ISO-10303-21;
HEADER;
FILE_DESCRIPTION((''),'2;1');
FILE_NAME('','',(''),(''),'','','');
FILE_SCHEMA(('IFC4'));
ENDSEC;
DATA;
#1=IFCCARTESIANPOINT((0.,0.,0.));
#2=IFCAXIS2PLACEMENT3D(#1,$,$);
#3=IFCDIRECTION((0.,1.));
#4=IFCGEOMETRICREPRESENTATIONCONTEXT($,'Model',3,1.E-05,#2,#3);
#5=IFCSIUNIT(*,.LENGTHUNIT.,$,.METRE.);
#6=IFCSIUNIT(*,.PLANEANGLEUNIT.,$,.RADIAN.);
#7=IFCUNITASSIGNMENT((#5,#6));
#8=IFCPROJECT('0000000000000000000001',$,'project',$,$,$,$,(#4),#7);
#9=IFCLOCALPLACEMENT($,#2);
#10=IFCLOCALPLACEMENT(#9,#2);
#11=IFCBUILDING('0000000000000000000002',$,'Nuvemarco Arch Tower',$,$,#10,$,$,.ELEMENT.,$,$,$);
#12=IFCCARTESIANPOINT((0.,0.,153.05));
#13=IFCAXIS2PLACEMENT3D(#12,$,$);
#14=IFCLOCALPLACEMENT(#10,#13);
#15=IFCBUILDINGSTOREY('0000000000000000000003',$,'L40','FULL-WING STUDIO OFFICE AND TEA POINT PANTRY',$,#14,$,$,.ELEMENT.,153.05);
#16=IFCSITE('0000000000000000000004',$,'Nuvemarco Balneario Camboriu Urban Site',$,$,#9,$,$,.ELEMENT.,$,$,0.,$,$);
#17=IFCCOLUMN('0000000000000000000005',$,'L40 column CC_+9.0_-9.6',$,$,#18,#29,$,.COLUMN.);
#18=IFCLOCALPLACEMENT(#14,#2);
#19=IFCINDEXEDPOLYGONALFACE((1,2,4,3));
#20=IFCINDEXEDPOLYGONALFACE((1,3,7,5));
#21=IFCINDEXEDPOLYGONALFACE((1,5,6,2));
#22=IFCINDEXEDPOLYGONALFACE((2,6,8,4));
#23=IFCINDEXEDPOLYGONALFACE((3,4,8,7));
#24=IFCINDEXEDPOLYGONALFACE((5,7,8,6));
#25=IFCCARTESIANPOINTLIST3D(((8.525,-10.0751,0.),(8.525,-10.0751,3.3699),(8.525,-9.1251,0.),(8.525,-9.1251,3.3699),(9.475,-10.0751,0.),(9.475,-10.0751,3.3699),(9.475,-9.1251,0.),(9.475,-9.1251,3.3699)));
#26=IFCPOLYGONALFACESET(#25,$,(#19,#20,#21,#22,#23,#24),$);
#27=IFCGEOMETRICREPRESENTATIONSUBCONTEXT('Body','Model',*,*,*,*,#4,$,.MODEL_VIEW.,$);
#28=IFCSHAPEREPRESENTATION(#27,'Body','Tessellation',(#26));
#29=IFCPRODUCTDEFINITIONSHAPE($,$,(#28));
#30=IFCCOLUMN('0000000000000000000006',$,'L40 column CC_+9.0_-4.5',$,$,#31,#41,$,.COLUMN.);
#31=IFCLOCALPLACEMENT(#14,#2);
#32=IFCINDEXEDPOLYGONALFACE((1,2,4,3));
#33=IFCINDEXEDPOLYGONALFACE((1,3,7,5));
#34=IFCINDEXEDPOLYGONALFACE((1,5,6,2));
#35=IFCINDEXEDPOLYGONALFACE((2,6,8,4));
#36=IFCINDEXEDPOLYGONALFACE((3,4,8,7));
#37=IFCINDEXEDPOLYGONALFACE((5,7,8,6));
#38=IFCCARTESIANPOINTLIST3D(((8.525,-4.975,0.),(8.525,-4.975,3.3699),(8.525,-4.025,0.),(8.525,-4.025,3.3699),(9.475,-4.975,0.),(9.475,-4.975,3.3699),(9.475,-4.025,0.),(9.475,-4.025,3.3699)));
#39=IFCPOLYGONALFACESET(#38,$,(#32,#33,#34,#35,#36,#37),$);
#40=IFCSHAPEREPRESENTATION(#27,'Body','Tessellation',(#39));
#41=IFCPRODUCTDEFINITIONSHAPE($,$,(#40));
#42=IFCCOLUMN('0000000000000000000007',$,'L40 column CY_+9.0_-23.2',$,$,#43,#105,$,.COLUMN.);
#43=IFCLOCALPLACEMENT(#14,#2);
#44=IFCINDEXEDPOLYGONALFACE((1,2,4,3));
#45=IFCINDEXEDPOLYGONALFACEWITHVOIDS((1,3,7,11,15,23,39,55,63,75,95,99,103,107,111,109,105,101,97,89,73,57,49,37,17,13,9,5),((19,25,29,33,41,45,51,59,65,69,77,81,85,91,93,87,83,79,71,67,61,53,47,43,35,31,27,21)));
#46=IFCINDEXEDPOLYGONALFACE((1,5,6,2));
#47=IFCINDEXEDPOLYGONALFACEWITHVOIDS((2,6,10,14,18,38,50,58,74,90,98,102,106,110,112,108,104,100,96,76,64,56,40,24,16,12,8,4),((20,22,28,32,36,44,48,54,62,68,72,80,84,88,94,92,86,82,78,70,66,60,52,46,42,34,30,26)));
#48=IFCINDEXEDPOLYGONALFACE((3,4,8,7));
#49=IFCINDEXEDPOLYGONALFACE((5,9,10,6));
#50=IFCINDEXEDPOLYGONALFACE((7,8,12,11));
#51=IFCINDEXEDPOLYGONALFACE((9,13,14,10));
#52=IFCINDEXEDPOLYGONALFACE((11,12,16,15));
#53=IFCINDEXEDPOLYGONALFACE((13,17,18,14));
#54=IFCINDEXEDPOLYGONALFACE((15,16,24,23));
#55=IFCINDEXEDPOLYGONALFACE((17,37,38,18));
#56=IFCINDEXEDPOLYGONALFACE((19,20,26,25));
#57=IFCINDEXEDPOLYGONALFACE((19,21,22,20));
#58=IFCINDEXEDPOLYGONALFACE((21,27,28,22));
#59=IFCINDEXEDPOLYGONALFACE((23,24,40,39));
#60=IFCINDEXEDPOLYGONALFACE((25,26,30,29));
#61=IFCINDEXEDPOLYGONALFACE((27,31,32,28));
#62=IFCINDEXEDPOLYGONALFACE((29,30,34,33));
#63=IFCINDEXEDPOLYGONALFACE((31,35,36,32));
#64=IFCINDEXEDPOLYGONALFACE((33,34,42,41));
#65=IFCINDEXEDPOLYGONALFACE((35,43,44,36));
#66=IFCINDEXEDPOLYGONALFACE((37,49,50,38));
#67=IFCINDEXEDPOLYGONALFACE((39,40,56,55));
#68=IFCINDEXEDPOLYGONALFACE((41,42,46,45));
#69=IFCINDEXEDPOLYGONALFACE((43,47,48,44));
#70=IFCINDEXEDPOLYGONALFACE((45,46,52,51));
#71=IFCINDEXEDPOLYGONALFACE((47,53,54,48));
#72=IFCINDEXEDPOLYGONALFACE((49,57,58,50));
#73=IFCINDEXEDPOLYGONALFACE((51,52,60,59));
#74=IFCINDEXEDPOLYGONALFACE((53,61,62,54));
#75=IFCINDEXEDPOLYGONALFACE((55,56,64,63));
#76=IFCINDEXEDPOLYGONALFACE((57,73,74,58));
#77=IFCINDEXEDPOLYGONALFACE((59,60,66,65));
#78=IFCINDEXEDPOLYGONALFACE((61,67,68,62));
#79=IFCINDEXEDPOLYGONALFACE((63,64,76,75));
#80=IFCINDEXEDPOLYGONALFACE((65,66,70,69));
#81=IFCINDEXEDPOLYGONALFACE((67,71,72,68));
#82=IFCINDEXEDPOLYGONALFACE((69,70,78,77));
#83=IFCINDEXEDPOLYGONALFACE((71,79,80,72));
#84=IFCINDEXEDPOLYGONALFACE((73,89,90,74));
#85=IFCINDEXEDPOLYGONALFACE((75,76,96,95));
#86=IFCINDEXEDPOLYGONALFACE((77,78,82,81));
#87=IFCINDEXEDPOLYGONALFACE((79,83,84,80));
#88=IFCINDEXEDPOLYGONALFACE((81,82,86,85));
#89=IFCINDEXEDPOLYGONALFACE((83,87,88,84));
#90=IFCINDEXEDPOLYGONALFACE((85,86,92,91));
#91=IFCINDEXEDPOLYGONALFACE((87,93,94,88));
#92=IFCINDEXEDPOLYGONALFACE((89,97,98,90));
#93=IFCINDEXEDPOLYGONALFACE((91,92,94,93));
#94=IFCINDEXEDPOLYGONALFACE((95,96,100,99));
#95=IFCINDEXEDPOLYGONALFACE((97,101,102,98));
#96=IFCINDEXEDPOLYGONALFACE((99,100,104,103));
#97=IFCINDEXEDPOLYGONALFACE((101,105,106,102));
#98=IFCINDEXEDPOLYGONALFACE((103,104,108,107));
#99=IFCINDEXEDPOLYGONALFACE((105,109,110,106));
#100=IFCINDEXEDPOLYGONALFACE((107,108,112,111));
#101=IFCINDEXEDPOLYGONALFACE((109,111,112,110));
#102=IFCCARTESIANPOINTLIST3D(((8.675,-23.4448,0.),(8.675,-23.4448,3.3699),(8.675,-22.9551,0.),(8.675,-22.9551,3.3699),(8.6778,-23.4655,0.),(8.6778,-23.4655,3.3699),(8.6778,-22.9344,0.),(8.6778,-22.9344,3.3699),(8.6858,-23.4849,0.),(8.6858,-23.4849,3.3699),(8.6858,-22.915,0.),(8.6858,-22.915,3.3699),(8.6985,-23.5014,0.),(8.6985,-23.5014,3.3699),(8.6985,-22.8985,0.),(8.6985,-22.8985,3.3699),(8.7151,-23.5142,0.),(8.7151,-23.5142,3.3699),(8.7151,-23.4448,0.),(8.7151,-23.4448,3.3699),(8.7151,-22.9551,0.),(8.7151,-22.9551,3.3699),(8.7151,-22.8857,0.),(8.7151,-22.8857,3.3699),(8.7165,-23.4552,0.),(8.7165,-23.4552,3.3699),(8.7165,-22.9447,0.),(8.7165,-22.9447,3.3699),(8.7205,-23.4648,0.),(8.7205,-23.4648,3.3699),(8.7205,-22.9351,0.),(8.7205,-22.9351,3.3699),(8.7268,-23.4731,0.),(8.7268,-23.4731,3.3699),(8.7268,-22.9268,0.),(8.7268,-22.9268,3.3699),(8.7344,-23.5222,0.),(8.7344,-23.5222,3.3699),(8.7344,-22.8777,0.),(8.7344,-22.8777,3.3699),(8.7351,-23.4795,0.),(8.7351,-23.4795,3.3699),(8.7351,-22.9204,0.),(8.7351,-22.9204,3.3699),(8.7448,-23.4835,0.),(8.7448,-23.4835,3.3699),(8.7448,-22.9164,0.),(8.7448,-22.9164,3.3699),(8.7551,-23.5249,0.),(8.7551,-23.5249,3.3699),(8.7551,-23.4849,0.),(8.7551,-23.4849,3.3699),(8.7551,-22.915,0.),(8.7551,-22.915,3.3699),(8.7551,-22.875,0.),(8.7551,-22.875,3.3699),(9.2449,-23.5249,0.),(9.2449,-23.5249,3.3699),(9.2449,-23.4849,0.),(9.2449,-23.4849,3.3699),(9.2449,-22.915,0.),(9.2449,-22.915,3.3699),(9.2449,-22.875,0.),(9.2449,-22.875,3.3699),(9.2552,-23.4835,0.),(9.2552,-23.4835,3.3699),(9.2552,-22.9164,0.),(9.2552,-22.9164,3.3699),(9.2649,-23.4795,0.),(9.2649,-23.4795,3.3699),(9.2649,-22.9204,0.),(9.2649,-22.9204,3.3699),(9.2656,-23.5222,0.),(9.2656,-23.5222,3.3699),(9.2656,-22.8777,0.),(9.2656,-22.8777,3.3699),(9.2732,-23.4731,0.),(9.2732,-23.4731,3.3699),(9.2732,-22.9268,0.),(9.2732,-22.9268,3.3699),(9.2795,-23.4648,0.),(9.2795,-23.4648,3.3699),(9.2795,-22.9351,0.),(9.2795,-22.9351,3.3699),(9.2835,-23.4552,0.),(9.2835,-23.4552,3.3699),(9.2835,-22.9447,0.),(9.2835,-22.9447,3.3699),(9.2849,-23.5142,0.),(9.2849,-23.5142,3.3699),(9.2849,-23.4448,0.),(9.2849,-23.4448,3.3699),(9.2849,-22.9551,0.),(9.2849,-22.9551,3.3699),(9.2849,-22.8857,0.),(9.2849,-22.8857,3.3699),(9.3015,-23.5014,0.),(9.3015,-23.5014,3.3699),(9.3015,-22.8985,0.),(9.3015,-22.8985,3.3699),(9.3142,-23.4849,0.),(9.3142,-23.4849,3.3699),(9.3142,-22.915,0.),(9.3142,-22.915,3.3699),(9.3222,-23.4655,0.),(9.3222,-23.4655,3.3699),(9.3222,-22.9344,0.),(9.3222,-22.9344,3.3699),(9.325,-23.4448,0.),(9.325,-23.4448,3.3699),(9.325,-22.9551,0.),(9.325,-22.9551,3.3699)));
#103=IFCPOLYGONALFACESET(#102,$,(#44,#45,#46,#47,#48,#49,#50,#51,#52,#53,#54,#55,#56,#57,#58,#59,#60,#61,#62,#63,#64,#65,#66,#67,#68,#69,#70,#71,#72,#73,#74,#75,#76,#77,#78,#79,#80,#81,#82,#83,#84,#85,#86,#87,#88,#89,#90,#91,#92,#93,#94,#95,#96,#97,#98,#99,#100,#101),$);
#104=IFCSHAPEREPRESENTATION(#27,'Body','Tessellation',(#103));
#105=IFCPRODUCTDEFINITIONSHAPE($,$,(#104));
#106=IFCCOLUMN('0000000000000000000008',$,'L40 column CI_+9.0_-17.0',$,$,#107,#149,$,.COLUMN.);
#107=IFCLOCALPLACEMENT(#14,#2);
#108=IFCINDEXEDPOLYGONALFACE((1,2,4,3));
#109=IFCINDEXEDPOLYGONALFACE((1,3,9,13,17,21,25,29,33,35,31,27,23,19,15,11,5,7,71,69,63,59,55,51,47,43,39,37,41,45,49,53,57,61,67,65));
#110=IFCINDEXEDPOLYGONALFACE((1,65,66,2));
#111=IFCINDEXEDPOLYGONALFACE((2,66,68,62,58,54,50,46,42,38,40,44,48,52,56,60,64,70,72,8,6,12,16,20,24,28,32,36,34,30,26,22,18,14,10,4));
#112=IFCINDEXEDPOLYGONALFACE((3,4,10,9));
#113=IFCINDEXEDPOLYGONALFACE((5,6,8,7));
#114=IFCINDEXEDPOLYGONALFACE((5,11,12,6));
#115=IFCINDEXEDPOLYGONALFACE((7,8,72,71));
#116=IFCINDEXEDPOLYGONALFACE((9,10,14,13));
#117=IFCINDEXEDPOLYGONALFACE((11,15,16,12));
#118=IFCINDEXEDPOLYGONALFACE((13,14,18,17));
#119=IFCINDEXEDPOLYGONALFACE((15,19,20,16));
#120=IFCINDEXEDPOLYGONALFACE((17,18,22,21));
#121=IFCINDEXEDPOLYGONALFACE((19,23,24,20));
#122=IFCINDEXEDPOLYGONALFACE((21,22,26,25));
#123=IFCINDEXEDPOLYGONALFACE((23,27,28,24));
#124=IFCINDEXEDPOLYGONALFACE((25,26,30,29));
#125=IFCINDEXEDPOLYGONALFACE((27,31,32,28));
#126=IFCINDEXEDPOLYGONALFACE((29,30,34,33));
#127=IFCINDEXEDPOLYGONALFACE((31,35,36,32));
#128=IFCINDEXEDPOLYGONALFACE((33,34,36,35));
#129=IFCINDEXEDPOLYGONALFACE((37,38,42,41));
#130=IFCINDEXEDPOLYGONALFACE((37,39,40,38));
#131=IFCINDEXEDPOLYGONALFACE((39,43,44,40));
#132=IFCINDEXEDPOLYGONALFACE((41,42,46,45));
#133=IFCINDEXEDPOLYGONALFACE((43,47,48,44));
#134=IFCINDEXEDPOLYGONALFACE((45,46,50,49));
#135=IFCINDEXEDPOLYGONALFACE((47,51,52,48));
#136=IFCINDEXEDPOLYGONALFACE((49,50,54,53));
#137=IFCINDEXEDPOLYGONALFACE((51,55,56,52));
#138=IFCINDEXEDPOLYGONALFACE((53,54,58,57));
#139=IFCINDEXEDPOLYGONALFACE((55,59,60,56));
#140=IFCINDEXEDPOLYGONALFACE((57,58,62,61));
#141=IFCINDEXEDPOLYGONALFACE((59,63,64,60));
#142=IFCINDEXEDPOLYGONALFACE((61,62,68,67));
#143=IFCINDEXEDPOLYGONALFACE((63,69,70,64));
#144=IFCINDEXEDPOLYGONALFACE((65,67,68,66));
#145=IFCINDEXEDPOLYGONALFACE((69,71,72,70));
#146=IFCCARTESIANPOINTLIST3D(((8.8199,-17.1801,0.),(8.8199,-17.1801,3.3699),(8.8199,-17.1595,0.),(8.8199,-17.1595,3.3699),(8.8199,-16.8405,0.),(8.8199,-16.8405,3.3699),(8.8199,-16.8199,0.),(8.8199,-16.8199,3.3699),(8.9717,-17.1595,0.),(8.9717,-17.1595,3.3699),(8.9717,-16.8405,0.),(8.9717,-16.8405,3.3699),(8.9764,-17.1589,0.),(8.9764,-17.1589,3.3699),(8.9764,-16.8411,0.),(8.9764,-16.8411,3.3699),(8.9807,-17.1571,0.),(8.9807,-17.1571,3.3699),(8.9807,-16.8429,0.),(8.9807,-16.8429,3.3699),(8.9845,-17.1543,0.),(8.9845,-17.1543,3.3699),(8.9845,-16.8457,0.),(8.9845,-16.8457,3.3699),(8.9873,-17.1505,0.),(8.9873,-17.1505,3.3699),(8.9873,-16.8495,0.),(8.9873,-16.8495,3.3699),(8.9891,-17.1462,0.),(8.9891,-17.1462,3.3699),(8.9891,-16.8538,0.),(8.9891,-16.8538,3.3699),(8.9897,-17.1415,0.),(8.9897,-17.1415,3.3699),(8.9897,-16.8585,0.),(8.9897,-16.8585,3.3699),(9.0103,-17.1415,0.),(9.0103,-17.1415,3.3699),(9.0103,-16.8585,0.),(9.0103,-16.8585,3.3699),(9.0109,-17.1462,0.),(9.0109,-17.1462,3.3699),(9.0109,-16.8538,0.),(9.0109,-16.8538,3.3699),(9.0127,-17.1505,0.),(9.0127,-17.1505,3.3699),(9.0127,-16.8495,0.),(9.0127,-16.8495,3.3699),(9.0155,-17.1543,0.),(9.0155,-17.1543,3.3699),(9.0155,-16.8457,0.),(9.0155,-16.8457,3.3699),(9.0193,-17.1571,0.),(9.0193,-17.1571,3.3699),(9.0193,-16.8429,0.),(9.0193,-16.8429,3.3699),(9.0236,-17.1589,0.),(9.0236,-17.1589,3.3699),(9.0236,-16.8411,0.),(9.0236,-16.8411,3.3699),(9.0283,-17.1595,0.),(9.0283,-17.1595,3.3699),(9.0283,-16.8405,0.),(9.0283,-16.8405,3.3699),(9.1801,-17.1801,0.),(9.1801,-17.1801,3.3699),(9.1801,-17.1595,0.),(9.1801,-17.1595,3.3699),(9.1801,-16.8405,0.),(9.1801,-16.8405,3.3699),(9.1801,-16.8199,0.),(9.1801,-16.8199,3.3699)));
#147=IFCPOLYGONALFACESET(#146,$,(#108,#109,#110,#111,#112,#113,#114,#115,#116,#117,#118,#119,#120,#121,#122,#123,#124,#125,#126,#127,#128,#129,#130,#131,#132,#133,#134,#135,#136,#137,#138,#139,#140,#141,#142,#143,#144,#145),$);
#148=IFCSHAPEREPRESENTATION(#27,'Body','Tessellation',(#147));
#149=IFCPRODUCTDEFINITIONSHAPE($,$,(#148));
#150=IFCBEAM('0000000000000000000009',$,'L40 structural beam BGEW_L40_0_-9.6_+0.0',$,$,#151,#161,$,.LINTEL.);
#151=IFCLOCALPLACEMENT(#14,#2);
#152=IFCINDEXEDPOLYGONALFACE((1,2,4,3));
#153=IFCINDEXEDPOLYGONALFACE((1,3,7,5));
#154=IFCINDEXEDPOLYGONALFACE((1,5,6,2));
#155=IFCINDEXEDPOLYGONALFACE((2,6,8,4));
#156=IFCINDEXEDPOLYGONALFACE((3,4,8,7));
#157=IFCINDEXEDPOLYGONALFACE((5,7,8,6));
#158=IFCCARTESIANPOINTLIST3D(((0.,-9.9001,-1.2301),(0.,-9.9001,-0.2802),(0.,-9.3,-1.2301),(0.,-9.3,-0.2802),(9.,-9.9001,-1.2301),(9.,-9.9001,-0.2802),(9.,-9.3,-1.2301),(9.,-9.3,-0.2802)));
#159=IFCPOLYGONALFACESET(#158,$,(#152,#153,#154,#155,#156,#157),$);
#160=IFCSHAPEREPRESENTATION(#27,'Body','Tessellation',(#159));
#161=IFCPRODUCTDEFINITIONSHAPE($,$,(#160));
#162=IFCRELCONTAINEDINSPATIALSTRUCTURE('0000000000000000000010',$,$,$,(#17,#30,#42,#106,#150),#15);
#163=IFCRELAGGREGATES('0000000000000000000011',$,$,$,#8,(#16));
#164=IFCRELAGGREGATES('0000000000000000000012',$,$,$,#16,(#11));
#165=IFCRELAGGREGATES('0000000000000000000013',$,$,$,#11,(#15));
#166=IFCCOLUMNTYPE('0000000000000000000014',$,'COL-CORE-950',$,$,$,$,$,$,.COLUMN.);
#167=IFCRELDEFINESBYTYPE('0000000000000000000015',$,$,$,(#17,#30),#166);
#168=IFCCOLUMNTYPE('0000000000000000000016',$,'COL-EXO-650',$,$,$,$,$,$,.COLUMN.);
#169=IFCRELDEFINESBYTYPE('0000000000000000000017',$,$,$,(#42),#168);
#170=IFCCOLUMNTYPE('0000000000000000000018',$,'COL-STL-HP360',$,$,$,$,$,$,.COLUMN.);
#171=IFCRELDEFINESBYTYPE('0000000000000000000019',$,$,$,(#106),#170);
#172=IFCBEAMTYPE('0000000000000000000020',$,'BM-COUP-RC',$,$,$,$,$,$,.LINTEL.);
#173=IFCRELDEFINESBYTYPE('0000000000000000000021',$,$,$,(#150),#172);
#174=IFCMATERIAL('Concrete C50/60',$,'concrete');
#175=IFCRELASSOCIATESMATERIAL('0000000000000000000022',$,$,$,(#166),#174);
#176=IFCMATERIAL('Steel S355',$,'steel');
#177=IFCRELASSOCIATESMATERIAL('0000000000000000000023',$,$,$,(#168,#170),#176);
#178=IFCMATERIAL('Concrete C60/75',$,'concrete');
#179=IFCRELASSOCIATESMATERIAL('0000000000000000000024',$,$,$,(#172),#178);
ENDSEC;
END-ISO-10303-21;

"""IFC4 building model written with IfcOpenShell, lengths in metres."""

from ifc_helpers import new_model, si_unit, direction, frame, origin, origin_2d, place, context, subcontext, project, spatial, rectangle, hollow_rectangle, i_section, extrude, material, material_profile, profile_set, type_object, element, save


model = new_model("IFC4")

# Units and contexts
model_context = context("Model", 3, precision=1e-05, world=origin(), true_north=direction((0.0, 1.0)))
body_context = subcontext(model_context, "Body", "Model", "MODEL_VIEW")
ifc_project = project(units=[si_unit("LENGTHUNIT", "METRE"), si_unit("PLANEANGLEUNIT", "RADIAN")], contexts=[model_context])

# Site, building, storey
site_placement = place(None, origin())
site = spatial("IfcSite", under=ifc_project, at=site_placement, Name="Nuvemarco Balneario Camboriu Urban Site", CompositionType="ELEMENT", RefElevation=0.0)
building_placement = place(site_placement, origin())
building = spatial("IfcBuilding", under=site, at=building_placement, Name="Nuvemarco Arch Tower", CompositionType="ELEMENT")
storey_placement = place(building_placement, frame((0.0, 0.0, 153.05)))
storey = spatial("IfcBuildingStorey", under=building, at=storey_placement, Name="L40", Description="FULL-WING STUDIO OFFICE AND TEA POINT PANTRY", CompositionType="ELEMENT", Elevation=153.05)

# Columns
ifc_material_1 = material(Name="Concrete C50/60", Category="concrete")
ifc_material_profile_1 = material_profile(ifc_material_1, rectangle(XDim=0.95, YDim=0.95, at=origin_2d()), Name="RC-COL-950x950")
ifc_profile_set_1 = profile_set([ifc_material_profile_1], Name="Concrete C50/60")
column_type_1 = type_object("IfcColumnType", Name="COL-CORE-950", PredefinedType="COLUMN", material=ifc_profile_set_1)
for number, where, z_axis, x_axis, name in (
    (1, (9.0, -9.6001, 0.0), (0.0, 0.0, 1.0), (1.0, 0.0, 0.0), "L40 column CC_+9.0_-9.6"),
    (2, (9.0, -4.5, 0.0), (0.0, 0.0, 1.0), (1.0, 0.0, 0.0), "L40 column CC_+9.0_-4.5"),
):
    element("IfcColumn", number, at=place(storey_placement, frame(where, z_axis=z_axis, x_axis=x_axis)), inside=storey, type_object=column_type_1, Name=name, PredefinedType="COLUMN", context=body_context, shape_type="SweptSolid", body=[
        extrude(rectangle(XDim=0.95, YDim=0.95, at=origin_2d()), origin(), (0.0, 0.0, 1.0), 3.3699),
    ])
ifc_material_2 = material(Name="Steel S355", Category="steel")
ifc_material_profile_2 = material_profile(ifc_material_2, hollow_rectangle(XDim=0.6499, YDim=0.6499, WallThickness=0.04, InnerFilletRadius=0.04, OuterFilletRadius=0.0801, at=origin_2d()), Name="SHS650x650x40")
ifc_profile_set_2 = profile_set([ifc_material_profile_2], Name="Steel S355")
column_type_2 = type_object("IfcColumnType", Name="COL-EXO-650", PredefinedType="COLUMN", material=ifc_profile_set_2)
column_1_placement = place(storey_placement, frame((9.0, -23.2, 0.0), z_axis=(0.0, 0.0, 1.0), x_axis=(1.0, 0.0, 0.0)))
element("IfcColumn", 3, at=column_1_placement, inside=storey, type_object=column_type_2, Name="L40 column CY_+9.0_-23.2", PredefinedType="COLUMN", context=body_context, shape_type="SweptSolid", body=[
    extrude(hollow_rectangle(XDim=0.6499, YDim=0.6499, WallThickness=0.04, InnerFilletRadius=0.04, OuterFilletRadius=0.0801, at=origin_2d()), origin(), (0.0, 0.0, 1.0), 3.3699),
])
ifc_material_profile_3 = material_profile(ifc_material_2, i_section(OverallWidth=0.3601, OverallDepth=0.3601, WebThickness=0.0205, FlangeThickness=0.0205, FilletRadius=0.0181, at=origin_2d()), Name="HP360x174")
ifc_profile_set_3 = profile_set([ifc_material_profile_3], Name="Steel S355")
column_type_3 = type_object("IfcColumnType", Name="COL-STL-HP360", PredefinedType="COLUMN", material=ifc_profile_set_3)
column_2_placement = place(storey_placement, frame((9.0, -17.0, 0.0), z_axis=(0.0, 0.0, 1.0), x_axis=(1.0, 0.0, 0.0)))
element("IfcColumn", 4, at=column_2_placement, inside=storey, type_object=column_type_3, Name="L40 column CI_+9.0_-17.0", PredefinedType="COLUMN", context=body_context, shape_type="SweptSolid", body=[
    extrude(i_section(OverallWidth=0.3601, OverallDepth=0.3601, WebThickness=0.0205, FlangeThickness=0.0205, FilletRadius=0.0181, at=origin_2d()), origin(), (0.0, 0.0, 1.0), 3.3699),
])

# Beam
ifc_material_3 = material(Name="Concrete C60/75", Category="concrete")
ifc_material_profile_4 = material_profile(ifc_material_3, rectangle(XDim=0.6001, YDim=0.95, at=origin_2d()), Name="RC-BM-600x950")
ifc_profile_set_4 = profile_set([ifc_material_profile_4], Name="Concrete C60/75")
beam_type_1 = type_object("IfcBeamType", Name="BM-COUP-RC", PredefinedType="LINTEL", material=ifc_profile_set_4)
beam_1_placement = place(storey_placement, frame((0.0, -9.6001, -0.7551), z_axis=(1.0, 0.0, 0.0), x_axis=(0.0, 1.0, 0.0)))
element("IfcBeam", 5, at=beam_1_placement, inside=storey, type_object=beam_type_1, Name="L40 structural beam BGEW_L40_0_-9.6_+0.0", PredefinedType="LINTEL", context=body_context, shape_type="SweptSolid", body=[
    extrude(rectangle(XDim=0.6001, YDim=0.95, at=origin_2d()), origin(), (0.0, 0.0, 1.0), 9.0),
])

save(model, "model.ifc")
